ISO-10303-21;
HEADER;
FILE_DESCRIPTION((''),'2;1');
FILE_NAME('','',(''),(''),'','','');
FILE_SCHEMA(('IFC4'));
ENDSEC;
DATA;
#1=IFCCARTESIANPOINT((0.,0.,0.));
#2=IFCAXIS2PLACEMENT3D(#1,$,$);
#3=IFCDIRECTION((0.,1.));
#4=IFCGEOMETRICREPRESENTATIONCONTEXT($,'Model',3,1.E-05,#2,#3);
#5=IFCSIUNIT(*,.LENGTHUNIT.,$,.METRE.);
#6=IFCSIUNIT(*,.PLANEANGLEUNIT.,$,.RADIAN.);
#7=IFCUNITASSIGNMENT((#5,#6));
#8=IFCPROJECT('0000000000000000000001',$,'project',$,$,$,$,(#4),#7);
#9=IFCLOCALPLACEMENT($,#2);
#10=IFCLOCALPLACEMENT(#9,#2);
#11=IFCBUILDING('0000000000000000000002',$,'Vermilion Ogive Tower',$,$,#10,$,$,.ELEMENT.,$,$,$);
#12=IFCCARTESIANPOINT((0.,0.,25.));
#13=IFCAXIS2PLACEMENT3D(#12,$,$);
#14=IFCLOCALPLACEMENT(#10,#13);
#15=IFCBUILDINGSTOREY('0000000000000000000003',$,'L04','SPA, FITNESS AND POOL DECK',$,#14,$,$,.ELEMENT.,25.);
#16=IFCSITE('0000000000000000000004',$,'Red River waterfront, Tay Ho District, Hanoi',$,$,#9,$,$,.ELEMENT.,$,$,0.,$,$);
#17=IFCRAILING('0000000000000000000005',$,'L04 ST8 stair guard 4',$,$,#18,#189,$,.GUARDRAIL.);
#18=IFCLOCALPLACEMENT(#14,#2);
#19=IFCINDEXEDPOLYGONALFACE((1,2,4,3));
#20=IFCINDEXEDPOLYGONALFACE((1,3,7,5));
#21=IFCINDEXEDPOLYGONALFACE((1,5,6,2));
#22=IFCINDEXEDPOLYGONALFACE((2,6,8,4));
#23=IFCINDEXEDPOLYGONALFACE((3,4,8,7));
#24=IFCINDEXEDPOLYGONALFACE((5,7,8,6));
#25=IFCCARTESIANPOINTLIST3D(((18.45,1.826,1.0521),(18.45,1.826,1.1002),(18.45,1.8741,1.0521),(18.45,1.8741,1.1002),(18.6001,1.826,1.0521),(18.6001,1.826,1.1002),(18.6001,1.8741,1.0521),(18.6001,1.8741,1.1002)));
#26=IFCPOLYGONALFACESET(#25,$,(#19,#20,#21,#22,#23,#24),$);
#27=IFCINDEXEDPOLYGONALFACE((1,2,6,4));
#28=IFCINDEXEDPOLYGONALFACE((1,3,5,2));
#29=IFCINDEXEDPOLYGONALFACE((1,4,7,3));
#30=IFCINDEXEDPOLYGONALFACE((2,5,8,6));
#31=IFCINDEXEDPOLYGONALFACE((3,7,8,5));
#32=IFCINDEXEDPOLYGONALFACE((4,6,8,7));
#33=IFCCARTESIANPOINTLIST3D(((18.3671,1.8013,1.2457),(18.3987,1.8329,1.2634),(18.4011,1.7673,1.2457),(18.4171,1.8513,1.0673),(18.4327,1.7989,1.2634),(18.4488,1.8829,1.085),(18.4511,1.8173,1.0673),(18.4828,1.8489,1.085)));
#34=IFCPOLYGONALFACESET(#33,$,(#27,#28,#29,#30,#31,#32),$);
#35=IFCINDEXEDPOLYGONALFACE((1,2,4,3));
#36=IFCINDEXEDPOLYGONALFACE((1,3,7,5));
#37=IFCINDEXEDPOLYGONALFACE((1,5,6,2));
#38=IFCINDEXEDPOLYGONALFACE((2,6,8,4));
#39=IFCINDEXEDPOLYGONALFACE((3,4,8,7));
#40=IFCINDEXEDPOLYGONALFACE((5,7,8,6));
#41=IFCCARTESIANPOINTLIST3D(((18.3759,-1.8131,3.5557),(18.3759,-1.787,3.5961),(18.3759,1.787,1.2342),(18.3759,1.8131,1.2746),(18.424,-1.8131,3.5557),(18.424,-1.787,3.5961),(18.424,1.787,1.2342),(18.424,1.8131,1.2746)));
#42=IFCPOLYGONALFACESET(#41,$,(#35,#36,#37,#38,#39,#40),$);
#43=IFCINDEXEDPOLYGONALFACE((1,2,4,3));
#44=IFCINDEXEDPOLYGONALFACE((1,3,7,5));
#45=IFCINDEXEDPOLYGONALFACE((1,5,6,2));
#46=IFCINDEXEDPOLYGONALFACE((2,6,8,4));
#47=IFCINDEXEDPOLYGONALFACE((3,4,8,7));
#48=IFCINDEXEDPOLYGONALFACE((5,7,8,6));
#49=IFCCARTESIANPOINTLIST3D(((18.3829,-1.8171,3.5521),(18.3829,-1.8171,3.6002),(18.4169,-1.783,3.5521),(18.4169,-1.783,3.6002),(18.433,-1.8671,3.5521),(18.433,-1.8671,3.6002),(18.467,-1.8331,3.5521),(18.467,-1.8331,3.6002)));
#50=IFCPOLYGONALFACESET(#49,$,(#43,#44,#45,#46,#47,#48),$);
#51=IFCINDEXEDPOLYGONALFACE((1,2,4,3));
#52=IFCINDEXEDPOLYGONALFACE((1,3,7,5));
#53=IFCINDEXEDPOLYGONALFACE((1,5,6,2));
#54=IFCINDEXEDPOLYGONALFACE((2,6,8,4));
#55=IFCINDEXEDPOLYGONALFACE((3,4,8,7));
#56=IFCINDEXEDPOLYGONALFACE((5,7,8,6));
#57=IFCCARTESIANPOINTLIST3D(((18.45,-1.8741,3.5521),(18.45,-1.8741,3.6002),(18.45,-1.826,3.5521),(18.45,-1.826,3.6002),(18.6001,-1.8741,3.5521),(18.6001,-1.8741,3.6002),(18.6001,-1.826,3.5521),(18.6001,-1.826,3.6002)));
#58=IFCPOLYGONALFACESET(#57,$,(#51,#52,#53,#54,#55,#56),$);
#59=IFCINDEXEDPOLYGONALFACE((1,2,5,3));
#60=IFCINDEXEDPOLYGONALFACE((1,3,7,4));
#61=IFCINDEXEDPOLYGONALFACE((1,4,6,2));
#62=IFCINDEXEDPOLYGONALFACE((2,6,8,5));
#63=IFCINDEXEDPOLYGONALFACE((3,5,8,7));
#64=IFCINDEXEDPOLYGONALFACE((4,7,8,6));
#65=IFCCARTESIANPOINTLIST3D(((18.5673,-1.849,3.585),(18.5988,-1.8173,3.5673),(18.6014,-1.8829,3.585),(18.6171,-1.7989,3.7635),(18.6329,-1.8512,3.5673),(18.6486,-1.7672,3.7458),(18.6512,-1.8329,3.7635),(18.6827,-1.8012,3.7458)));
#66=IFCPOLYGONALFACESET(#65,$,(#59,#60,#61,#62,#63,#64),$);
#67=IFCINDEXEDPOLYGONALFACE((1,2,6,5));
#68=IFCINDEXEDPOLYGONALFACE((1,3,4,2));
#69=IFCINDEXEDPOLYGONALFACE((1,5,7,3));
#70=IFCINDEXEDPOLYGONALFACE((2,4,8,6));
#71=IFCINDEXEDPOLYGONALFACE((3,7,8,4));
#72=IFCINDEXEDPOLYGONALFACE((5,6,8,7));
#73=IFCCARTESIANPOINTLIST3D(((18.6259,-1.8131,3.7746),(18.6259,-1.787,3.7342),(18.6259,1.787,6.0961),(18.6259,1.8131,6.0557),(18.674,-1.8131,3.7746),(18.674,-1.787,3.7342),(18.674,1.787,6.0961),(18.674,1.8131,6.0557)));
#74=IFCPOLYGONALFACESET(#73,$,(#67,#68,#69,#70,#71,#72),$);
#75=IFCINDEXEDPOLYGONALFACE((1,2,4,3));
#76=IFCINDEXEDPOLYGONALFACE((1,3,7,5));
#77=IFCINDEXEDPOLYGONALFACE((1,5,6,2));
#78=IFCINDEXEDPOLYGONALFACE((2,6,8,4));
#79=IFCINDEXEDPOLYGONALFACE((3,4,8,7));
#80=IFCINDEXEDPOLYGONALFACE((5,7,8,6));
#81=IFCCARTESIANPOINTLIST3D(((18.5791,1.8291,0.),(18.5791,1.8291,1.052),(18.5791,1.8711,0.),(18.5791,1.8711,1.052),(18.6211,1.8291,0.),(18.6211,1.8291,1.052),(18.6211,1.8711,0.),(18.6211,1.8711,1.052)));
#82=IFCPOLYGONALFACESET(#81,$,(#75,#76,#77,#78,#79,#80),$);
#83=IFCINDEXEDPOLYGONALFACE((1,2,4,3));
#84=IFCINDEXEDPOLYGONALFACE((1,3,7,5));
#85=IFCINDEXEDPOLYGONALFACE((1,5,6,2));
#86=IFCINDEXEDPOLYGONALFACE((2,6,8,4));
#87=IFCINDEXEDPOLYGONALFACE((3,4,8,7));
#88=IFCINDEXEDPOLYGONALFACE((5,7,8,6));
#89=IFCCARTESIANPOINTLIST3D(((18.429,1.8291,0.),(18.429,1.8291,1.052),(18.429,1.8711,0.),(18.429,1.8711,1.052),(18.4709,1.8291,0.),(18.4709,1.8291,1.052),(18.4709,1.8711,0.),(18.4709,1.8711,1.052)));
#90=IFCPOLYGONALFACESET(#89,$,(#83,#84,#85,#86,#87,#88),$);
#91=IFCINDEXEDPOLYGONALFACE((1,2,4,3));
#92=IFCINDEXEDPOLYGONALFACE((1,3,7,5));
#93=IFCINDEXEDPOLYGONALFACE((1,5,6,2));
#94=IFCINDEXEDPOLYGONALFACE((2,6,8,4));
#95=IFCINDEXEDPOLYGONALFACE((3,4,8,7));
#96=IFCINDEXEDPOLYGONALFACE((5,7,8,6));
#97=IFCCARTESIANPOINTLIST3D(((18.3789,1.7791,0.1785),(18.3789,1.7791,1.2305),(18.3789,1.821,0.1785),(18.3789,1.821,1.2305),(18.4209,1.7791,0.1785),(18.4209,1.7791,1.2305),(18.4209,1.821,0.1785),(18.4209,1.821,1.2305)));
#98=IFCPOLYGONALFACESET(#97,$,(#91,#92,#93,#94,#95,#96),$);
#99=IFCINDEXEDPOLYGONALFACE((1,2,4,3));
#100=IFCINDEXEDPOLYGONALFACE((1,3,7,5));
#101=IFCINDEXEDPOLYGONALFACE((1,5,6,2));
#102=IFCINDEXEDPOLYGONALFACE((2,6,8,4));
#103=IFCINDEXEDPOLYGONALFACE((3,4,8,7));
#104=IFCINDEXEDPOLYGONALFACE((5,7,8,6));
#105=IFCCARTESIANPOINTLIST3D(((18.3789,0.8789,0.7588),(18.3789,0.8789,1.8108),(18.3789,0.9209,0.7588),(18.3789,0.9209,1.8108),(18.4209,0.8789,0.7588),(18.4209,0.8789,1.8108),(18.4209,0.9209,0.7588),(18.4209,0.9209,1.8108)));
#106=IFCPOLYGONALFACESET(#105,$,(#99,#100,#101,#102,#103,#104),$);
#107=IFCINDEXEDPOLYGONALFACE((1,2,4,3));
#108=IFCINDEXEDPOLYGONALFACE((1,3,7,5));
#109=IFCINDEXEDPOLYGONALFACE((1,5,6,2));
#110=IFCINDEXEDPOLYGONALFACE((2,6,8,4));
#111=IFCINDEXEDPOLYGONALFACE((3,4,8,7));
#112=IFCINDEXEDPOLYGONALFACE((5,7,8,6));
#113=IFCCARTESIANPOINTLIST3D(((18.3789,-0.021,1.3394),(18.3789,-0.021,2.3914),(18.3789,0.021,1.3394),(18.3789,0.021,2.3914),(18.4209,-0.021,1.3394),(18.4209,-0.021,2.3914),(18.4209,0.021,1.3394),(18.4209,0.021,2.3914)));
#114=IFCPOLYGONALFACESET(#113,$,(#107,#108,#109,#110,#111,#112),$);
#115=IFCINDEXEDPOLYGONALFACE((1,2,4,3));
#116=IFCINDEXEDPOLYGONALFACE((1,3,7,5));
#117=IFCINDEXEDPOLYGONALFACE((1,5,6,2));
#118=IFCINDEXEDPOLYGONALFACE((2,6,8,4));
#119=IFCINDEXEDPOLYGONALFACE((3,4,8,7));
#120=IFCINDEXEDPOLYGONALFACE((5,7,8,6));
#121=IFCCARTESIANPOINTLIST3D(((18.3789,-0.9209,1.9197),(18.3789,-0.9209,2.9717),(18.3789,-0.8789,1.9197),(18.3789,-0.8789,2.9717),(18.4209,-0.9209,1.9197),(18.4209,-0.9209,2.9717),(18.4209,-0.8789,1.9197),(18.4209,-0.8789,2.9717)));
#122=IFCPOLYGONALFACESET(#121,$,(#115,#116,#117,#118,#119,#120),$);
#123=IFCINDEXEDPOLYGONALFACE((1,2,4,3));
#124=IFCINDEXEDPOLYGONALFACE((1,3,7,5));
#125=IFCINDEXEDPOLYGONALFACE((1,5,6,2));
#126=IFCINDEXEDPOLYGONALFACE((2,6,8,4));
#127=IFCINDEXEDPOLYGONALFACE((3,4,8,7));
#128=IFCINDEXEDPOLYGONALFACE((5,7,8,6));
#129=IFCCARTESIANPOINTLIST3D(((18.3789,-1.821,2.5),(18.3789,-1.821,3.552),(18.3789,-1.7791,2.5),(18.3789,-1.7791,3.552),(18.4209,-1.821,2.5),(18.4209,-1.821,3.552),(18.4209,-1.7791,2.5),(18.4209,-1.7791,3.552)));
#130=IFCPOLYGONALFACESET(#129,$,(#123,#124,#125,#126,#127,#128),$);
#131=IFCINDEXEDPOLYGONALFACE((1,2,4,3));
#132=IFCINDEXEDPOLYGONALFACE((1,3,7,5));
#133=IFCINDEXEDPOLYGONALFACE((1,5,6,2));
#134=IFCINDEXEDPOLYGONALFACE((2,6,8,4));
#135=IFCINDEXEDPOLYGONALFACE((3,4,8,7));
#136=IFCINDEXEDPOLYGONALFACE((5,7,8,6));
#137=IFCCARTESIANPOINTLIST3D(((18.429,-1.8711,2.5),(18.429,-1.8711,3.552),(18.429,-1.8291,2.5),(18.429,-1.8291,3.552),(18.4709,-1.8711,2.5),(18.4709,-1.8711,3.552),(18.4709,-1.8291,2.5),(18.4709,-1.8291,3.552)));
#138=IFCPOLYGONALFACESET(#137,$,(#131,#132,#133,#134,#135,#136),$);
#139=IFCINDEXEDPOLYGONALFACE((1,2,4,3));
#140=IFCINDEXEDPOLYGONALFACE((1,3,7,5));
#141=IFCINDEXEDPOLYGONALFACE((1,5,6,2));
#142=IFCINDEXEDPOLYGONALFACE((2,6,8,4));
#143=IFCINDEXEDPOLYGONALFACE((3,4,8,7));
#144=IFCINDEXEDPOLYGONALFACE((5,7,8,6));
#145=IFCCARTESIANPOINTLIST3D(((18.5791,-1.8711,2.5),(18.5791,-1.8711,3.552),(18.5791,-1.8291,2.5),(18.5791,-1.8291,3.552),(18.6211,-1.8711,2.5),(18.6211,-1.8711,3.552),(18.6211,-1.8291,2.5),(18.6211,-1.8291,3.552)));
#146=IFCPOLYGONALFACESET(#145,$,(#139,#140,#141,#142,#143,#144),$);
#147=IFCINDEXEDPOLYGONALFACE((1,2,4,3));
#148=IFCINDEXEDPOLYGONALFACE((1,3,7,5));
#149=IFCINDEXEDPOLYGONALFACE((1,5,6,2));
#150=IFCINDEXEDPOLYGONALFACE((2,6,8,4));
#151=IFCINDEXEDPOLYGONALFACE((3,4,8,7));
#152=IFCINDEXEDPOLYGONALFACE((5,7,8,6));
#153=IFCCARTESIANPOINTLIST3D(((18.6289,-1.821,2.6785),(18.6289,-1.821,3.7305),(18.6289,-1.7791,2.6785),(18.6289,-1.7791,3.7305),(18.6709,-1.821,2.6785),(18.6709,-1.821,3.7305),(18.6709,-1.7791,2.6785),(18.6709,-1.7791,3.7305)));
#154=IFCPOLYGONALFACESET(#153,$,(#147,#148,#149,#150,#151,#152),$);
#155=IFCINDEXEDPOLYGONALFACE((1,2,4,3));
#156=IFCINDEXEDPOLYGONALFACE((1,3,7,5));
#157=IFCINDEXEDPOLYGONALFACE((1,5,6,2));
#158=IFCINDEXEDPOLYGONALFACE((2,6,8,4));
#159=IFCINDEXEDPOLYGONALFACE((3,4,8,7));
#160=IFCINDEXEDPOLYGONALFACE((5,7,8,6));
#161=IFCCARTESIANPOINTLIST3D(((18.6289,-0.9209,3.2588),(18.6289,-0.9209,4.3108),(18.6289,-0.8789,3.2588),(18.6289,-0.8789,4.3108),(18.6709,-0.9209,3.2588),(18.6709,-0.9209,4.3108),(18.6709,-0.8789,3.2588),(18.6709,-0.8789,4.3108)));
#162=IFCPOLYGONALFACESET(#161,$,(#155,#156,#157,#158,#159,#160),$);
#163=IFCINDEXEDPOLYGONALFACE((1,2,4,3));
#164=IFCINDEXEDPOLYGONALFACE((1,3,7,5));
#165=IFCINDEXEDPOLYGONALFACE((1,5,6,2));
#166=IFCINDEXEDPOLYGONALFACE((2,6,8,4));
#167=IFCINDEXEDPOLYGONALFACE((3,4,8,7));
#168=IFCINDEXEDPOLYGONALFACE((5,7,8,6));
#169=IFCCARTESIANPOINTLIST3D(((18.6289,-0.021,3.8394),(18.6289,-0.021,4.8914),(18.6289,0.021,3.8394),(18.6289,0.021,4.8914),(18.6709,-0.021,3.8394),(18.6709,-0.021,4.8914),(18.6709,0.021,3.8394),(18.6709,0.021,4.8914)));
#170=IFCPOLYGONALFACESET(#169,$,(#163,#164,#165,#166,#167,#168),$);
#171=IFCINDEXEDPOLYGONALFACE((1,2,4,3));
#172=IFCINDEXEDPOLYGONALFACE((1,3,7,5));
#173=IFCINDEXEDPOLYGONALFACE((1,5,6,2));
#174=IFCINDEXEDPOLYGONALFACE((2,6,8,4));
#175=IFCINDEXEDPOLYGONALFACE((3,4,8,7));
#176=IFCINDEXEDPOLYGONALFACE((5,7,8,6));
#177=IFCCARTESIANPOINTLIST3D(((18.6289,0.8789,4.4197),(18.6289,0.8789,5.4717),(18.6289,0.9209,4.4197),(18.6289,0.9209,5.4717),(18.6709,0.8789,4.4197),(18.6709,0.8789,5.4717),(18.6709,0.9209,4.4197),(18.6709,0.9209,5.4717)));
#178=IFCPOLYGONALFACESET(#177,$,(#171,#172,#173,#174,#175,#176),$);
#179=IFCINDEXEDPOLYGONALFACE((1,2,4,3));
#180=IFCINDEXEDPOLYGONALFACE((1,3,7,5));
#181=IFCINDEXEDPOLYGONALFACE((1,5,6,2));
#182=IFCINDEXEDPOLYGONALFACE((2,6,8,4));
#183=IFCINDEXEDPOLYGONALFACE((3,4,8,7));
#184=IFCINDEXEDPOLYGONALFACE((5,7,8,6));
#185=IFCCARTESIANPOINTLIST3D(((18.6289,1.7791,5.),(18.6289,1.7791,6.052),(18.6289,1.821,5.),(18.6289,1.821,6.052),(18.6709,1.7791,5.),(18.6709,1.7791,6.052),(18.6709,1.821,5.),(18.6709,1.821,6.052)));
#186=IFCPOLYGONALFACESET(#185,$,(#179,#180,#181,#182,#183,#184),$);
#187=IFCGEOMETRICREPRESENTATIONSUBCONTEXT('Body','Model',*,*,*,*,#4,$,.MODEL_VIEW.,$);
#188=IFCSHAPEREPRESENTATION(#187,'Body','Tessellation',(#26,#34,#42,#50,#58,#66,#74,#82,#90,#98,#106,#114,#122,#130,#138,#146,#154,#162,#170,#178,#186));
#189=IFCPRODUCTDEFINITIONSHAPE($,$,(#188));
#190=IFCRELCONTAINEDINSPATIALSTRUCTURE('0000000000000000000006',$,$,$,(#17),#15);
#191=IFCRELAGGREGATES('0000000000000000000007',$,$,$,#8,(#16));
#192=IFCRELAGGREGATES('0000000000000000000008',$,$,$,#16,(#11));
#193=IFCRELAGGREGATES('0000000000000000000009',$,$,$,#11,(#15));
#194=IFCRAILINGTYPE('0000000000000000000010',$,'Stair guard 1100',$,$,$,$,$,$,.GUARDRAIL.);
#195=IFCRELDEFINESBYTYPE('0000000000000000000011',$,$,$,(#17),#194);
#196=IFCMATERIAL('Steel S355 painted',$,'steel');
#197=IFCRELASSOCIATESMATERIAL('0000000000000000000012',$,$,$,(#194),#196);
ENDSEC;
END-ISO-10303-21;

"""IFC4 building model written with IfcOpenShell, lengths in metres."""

from ifc_helpers import new_model, si_unit, direction, frame, origin, origin_2d, place, context, subcontext, project, spatial, rectangle, extrude, material, type_object, element, save


model = new_model("IFC4")

# Units and contexts
model_context = context("Model", 3, precision=1e-05, world=origin(), true_north=direction((0.0, 1.0)))
body_context = subcontext(model_context, "Body", "Model", "MODEL_VIEW")
ifc_project = project(units=[si_unit("LENGTHUNIT", "METRE"), si_unit("PLANEANGLEUNIT", "RADIAN")], contexts=[model_context])

# Site, building, storey
site_placement = place(None, origin())
site = spatial("IfcSite", under=ifc_project, at=site_placement, Name="Red River waterfront, Tay Ho District, Hanoi", CompositionType="ELEMENT", RefElevation=0.0)
building_placement = place(site_placement, origin())
building = spatial("IfcBuilding", under=site, at=building_placement, Name="Vermilion Ogive Tower", CompositionType="ELEMENT")
storey_placement = place(building_placement, frame((0.0, 0.0, 25.0)))
storey = spatial("IfcBuildingStorey", under=building, at=storey_placement, Name="L04", Description="SPA, FITNESS AND POOL DECK", CompositionType="ELEMENT", Elevation=25.0)

# Railing
ifc_material_1 = material(Name="Steel S355 painted", Category="steel")
railing_type = type_object("IfcRailingType", Name="Stair guard 1100", PredefinedType="GUARDRAIL", material=ifc_material_1)
railing_placement = place(storey_placement, frame((18.6001, 1.8501, 0.0)))
element("IfcRailing", 1, at=railing_placement, inside=storey, type_object=railing_type, Name="L04 ST8 stair guard 4", PredefinedType="GUARDRAIL", context=body_context, shape_type="SweptSolid", body=[
    extrude(rectangle(XDim=0.0481, YDim=0.0481, at=origin_2d()), frame((0.0, 0.0, 1.0762), z_axis=(-1.0, 0.0, 0.0), x_axis=(0.0, -1.0, 0.0)), (0.0, 0.0, 1.0), 0.1501),
    extrude(rectangle(XDim=0.0481, YDim=0.0481, at=origin_2d()), frame((-0.1501, 0.0, 1.0762), z_axis=(-0.260685, -0.260685, 0.929563), x_axis=(0.707107, -0.707107, 0.0)), (0.0, 0.0, 1.0), 0.1919),
    extrude(rectangle(XDim=0.0481, YDim=0.0481, at=origin_2d()), frame((-0.2002, -0.05, 1.2544), z_axis=(0.0, -0.840415, 0.541944), x_axis=(1.0, 0.0, 0.0)), (0.0, 0.0, 1.0), 4.2837),
    extrude(rectangle(XDim=0.0481, YDim=0.0481, at=origin_2d()), frame((-0.2002, -3.6501, 3.5762), z_axis=(0.707107, -0.707107, 0.0), x_axis=(0.707107, 0.707107, 0.0)), (0.0, 0.0, 1.0), 0.0708),
    extrude(rectangle(XDim=0.0481, YDim=0.0481, at=origin_2d()), frame((-0.1501, -3.7002, 3.5762), z_axis=(1.0, 0.0, 0.0), x_axis=(0.0, 1.0, 0.0)), (0.0, 0.0, 1.0), 0.1501),
    extrude(rectangle(XDim=0.0481, YDim=0.0481, at=origin_2d()), frame((0.0, -3.7002, 3.5762), z_axis=(0.259499, 0.260771, 0.92987), x_axis=(-0.708834, 0.705376, 0.0)), (0.0, 0.0, 1.0), 0.1919),
    extrude(rectangle(XDim=0.0481, YDim=0.0481, at=origin_2d()), frame((0.0498, -3.6501, 3.7544), z_axis=(0.0, 0.840415, 0.541944), x_axis=(-1.0, 0.0, 0.0)), (0.0, 0.0, 1.0), 4.2837),
    extrude(rectangle(XDim=0.042, YDim=0.042, at=origin_2d()), origin(), (0.0, 0.0, 1.0), 1.052),
    extrude(rectangle(XDim=0.042, YDim=0.042, at=origin_2d()), frame((-0.1501, 0.0, 0.0)), (0.0, 0.0, 1.0), 1.052),
    extrude(rectangle(XDim=0.042, YDim=0.042, at=origin_2d()), frame((-0.2002, -0.05, 0.1785)), (0.0, 0.0, 1.0), 1.052),
    extrude(rectangle(XDim=0.042, YDim=0.042, at=origin_2d()), frame((-0.2002, -0.9502, 0.7588)), (0.0, 0.0, 1.0), 1.052),
    extrude(rectangle(XDim=0.042, YDim=0.042, at=origin_2d()), frame((-0.2002, -1.8501, 1.3394)), (0.0, 0.0, 1.0), 1.052),
    extrude(rectangle(XDim=0.042, YDim=0.042, at=origin_2d()), frame((-0.2002, -2.75, 1.9197)), (0.0, 0.0, 1.0), 1.052),
    extrude(rectangle(XDim=0.042, YDim=0.042, at=origin_2d()), frame((-0.2002, -3.6501, 2.5)), (0.0, 0.0, 1.0), 1.052),
    extrude(rectangle(XDim=0.042, YDim=0.042, at=origin_2d()), frame((-0.1501, -3.7002, 2.5)), (0.0, 0.0, 1.0), 1.052),
    extrude(rectangle(XDim=0.042, YDim=0.042, at=origin_2d()), frame((0.0, -3.7002, 2.5)), (0.0, 0.0, 1.0), 1.052),
    extrude(rectangle(XDim=0.042, YDim=0.042, at=origin_2d()), frame((0.0498, -3.6501, 2.6785)), (0.0, 0.0, 1.0), 1.052),
    extrude(rectangle(XDim=0.042, YDim=0.042, at=origin_2d()), frame((0.0498, -2.75, 3.2588)), (0.0, 0.0, 1.0), 1.052),
    extrude(rectangle(XDim=0.042, YDim=0.042, at=origin_2d()), frame((0.0498, -1.8501, 3.8394)), (0.0, 0.0, 1.0), 1.052),
    extrude(rectangle(XDim=0.042, YDim=0.042, at=origin_2d()), frame((0.0498, -0.9502, 4.4197)), (0.0, 0.0, 1.0), 1.052),
    extrude(rectangle(XDim=0.042, YDim=0.042, at=origin_2d()), frame((0.0498, -0.05, 5.0)), (0.0, 0.0, 1.0), 1.052),
])

save(model, "model.ifc")
